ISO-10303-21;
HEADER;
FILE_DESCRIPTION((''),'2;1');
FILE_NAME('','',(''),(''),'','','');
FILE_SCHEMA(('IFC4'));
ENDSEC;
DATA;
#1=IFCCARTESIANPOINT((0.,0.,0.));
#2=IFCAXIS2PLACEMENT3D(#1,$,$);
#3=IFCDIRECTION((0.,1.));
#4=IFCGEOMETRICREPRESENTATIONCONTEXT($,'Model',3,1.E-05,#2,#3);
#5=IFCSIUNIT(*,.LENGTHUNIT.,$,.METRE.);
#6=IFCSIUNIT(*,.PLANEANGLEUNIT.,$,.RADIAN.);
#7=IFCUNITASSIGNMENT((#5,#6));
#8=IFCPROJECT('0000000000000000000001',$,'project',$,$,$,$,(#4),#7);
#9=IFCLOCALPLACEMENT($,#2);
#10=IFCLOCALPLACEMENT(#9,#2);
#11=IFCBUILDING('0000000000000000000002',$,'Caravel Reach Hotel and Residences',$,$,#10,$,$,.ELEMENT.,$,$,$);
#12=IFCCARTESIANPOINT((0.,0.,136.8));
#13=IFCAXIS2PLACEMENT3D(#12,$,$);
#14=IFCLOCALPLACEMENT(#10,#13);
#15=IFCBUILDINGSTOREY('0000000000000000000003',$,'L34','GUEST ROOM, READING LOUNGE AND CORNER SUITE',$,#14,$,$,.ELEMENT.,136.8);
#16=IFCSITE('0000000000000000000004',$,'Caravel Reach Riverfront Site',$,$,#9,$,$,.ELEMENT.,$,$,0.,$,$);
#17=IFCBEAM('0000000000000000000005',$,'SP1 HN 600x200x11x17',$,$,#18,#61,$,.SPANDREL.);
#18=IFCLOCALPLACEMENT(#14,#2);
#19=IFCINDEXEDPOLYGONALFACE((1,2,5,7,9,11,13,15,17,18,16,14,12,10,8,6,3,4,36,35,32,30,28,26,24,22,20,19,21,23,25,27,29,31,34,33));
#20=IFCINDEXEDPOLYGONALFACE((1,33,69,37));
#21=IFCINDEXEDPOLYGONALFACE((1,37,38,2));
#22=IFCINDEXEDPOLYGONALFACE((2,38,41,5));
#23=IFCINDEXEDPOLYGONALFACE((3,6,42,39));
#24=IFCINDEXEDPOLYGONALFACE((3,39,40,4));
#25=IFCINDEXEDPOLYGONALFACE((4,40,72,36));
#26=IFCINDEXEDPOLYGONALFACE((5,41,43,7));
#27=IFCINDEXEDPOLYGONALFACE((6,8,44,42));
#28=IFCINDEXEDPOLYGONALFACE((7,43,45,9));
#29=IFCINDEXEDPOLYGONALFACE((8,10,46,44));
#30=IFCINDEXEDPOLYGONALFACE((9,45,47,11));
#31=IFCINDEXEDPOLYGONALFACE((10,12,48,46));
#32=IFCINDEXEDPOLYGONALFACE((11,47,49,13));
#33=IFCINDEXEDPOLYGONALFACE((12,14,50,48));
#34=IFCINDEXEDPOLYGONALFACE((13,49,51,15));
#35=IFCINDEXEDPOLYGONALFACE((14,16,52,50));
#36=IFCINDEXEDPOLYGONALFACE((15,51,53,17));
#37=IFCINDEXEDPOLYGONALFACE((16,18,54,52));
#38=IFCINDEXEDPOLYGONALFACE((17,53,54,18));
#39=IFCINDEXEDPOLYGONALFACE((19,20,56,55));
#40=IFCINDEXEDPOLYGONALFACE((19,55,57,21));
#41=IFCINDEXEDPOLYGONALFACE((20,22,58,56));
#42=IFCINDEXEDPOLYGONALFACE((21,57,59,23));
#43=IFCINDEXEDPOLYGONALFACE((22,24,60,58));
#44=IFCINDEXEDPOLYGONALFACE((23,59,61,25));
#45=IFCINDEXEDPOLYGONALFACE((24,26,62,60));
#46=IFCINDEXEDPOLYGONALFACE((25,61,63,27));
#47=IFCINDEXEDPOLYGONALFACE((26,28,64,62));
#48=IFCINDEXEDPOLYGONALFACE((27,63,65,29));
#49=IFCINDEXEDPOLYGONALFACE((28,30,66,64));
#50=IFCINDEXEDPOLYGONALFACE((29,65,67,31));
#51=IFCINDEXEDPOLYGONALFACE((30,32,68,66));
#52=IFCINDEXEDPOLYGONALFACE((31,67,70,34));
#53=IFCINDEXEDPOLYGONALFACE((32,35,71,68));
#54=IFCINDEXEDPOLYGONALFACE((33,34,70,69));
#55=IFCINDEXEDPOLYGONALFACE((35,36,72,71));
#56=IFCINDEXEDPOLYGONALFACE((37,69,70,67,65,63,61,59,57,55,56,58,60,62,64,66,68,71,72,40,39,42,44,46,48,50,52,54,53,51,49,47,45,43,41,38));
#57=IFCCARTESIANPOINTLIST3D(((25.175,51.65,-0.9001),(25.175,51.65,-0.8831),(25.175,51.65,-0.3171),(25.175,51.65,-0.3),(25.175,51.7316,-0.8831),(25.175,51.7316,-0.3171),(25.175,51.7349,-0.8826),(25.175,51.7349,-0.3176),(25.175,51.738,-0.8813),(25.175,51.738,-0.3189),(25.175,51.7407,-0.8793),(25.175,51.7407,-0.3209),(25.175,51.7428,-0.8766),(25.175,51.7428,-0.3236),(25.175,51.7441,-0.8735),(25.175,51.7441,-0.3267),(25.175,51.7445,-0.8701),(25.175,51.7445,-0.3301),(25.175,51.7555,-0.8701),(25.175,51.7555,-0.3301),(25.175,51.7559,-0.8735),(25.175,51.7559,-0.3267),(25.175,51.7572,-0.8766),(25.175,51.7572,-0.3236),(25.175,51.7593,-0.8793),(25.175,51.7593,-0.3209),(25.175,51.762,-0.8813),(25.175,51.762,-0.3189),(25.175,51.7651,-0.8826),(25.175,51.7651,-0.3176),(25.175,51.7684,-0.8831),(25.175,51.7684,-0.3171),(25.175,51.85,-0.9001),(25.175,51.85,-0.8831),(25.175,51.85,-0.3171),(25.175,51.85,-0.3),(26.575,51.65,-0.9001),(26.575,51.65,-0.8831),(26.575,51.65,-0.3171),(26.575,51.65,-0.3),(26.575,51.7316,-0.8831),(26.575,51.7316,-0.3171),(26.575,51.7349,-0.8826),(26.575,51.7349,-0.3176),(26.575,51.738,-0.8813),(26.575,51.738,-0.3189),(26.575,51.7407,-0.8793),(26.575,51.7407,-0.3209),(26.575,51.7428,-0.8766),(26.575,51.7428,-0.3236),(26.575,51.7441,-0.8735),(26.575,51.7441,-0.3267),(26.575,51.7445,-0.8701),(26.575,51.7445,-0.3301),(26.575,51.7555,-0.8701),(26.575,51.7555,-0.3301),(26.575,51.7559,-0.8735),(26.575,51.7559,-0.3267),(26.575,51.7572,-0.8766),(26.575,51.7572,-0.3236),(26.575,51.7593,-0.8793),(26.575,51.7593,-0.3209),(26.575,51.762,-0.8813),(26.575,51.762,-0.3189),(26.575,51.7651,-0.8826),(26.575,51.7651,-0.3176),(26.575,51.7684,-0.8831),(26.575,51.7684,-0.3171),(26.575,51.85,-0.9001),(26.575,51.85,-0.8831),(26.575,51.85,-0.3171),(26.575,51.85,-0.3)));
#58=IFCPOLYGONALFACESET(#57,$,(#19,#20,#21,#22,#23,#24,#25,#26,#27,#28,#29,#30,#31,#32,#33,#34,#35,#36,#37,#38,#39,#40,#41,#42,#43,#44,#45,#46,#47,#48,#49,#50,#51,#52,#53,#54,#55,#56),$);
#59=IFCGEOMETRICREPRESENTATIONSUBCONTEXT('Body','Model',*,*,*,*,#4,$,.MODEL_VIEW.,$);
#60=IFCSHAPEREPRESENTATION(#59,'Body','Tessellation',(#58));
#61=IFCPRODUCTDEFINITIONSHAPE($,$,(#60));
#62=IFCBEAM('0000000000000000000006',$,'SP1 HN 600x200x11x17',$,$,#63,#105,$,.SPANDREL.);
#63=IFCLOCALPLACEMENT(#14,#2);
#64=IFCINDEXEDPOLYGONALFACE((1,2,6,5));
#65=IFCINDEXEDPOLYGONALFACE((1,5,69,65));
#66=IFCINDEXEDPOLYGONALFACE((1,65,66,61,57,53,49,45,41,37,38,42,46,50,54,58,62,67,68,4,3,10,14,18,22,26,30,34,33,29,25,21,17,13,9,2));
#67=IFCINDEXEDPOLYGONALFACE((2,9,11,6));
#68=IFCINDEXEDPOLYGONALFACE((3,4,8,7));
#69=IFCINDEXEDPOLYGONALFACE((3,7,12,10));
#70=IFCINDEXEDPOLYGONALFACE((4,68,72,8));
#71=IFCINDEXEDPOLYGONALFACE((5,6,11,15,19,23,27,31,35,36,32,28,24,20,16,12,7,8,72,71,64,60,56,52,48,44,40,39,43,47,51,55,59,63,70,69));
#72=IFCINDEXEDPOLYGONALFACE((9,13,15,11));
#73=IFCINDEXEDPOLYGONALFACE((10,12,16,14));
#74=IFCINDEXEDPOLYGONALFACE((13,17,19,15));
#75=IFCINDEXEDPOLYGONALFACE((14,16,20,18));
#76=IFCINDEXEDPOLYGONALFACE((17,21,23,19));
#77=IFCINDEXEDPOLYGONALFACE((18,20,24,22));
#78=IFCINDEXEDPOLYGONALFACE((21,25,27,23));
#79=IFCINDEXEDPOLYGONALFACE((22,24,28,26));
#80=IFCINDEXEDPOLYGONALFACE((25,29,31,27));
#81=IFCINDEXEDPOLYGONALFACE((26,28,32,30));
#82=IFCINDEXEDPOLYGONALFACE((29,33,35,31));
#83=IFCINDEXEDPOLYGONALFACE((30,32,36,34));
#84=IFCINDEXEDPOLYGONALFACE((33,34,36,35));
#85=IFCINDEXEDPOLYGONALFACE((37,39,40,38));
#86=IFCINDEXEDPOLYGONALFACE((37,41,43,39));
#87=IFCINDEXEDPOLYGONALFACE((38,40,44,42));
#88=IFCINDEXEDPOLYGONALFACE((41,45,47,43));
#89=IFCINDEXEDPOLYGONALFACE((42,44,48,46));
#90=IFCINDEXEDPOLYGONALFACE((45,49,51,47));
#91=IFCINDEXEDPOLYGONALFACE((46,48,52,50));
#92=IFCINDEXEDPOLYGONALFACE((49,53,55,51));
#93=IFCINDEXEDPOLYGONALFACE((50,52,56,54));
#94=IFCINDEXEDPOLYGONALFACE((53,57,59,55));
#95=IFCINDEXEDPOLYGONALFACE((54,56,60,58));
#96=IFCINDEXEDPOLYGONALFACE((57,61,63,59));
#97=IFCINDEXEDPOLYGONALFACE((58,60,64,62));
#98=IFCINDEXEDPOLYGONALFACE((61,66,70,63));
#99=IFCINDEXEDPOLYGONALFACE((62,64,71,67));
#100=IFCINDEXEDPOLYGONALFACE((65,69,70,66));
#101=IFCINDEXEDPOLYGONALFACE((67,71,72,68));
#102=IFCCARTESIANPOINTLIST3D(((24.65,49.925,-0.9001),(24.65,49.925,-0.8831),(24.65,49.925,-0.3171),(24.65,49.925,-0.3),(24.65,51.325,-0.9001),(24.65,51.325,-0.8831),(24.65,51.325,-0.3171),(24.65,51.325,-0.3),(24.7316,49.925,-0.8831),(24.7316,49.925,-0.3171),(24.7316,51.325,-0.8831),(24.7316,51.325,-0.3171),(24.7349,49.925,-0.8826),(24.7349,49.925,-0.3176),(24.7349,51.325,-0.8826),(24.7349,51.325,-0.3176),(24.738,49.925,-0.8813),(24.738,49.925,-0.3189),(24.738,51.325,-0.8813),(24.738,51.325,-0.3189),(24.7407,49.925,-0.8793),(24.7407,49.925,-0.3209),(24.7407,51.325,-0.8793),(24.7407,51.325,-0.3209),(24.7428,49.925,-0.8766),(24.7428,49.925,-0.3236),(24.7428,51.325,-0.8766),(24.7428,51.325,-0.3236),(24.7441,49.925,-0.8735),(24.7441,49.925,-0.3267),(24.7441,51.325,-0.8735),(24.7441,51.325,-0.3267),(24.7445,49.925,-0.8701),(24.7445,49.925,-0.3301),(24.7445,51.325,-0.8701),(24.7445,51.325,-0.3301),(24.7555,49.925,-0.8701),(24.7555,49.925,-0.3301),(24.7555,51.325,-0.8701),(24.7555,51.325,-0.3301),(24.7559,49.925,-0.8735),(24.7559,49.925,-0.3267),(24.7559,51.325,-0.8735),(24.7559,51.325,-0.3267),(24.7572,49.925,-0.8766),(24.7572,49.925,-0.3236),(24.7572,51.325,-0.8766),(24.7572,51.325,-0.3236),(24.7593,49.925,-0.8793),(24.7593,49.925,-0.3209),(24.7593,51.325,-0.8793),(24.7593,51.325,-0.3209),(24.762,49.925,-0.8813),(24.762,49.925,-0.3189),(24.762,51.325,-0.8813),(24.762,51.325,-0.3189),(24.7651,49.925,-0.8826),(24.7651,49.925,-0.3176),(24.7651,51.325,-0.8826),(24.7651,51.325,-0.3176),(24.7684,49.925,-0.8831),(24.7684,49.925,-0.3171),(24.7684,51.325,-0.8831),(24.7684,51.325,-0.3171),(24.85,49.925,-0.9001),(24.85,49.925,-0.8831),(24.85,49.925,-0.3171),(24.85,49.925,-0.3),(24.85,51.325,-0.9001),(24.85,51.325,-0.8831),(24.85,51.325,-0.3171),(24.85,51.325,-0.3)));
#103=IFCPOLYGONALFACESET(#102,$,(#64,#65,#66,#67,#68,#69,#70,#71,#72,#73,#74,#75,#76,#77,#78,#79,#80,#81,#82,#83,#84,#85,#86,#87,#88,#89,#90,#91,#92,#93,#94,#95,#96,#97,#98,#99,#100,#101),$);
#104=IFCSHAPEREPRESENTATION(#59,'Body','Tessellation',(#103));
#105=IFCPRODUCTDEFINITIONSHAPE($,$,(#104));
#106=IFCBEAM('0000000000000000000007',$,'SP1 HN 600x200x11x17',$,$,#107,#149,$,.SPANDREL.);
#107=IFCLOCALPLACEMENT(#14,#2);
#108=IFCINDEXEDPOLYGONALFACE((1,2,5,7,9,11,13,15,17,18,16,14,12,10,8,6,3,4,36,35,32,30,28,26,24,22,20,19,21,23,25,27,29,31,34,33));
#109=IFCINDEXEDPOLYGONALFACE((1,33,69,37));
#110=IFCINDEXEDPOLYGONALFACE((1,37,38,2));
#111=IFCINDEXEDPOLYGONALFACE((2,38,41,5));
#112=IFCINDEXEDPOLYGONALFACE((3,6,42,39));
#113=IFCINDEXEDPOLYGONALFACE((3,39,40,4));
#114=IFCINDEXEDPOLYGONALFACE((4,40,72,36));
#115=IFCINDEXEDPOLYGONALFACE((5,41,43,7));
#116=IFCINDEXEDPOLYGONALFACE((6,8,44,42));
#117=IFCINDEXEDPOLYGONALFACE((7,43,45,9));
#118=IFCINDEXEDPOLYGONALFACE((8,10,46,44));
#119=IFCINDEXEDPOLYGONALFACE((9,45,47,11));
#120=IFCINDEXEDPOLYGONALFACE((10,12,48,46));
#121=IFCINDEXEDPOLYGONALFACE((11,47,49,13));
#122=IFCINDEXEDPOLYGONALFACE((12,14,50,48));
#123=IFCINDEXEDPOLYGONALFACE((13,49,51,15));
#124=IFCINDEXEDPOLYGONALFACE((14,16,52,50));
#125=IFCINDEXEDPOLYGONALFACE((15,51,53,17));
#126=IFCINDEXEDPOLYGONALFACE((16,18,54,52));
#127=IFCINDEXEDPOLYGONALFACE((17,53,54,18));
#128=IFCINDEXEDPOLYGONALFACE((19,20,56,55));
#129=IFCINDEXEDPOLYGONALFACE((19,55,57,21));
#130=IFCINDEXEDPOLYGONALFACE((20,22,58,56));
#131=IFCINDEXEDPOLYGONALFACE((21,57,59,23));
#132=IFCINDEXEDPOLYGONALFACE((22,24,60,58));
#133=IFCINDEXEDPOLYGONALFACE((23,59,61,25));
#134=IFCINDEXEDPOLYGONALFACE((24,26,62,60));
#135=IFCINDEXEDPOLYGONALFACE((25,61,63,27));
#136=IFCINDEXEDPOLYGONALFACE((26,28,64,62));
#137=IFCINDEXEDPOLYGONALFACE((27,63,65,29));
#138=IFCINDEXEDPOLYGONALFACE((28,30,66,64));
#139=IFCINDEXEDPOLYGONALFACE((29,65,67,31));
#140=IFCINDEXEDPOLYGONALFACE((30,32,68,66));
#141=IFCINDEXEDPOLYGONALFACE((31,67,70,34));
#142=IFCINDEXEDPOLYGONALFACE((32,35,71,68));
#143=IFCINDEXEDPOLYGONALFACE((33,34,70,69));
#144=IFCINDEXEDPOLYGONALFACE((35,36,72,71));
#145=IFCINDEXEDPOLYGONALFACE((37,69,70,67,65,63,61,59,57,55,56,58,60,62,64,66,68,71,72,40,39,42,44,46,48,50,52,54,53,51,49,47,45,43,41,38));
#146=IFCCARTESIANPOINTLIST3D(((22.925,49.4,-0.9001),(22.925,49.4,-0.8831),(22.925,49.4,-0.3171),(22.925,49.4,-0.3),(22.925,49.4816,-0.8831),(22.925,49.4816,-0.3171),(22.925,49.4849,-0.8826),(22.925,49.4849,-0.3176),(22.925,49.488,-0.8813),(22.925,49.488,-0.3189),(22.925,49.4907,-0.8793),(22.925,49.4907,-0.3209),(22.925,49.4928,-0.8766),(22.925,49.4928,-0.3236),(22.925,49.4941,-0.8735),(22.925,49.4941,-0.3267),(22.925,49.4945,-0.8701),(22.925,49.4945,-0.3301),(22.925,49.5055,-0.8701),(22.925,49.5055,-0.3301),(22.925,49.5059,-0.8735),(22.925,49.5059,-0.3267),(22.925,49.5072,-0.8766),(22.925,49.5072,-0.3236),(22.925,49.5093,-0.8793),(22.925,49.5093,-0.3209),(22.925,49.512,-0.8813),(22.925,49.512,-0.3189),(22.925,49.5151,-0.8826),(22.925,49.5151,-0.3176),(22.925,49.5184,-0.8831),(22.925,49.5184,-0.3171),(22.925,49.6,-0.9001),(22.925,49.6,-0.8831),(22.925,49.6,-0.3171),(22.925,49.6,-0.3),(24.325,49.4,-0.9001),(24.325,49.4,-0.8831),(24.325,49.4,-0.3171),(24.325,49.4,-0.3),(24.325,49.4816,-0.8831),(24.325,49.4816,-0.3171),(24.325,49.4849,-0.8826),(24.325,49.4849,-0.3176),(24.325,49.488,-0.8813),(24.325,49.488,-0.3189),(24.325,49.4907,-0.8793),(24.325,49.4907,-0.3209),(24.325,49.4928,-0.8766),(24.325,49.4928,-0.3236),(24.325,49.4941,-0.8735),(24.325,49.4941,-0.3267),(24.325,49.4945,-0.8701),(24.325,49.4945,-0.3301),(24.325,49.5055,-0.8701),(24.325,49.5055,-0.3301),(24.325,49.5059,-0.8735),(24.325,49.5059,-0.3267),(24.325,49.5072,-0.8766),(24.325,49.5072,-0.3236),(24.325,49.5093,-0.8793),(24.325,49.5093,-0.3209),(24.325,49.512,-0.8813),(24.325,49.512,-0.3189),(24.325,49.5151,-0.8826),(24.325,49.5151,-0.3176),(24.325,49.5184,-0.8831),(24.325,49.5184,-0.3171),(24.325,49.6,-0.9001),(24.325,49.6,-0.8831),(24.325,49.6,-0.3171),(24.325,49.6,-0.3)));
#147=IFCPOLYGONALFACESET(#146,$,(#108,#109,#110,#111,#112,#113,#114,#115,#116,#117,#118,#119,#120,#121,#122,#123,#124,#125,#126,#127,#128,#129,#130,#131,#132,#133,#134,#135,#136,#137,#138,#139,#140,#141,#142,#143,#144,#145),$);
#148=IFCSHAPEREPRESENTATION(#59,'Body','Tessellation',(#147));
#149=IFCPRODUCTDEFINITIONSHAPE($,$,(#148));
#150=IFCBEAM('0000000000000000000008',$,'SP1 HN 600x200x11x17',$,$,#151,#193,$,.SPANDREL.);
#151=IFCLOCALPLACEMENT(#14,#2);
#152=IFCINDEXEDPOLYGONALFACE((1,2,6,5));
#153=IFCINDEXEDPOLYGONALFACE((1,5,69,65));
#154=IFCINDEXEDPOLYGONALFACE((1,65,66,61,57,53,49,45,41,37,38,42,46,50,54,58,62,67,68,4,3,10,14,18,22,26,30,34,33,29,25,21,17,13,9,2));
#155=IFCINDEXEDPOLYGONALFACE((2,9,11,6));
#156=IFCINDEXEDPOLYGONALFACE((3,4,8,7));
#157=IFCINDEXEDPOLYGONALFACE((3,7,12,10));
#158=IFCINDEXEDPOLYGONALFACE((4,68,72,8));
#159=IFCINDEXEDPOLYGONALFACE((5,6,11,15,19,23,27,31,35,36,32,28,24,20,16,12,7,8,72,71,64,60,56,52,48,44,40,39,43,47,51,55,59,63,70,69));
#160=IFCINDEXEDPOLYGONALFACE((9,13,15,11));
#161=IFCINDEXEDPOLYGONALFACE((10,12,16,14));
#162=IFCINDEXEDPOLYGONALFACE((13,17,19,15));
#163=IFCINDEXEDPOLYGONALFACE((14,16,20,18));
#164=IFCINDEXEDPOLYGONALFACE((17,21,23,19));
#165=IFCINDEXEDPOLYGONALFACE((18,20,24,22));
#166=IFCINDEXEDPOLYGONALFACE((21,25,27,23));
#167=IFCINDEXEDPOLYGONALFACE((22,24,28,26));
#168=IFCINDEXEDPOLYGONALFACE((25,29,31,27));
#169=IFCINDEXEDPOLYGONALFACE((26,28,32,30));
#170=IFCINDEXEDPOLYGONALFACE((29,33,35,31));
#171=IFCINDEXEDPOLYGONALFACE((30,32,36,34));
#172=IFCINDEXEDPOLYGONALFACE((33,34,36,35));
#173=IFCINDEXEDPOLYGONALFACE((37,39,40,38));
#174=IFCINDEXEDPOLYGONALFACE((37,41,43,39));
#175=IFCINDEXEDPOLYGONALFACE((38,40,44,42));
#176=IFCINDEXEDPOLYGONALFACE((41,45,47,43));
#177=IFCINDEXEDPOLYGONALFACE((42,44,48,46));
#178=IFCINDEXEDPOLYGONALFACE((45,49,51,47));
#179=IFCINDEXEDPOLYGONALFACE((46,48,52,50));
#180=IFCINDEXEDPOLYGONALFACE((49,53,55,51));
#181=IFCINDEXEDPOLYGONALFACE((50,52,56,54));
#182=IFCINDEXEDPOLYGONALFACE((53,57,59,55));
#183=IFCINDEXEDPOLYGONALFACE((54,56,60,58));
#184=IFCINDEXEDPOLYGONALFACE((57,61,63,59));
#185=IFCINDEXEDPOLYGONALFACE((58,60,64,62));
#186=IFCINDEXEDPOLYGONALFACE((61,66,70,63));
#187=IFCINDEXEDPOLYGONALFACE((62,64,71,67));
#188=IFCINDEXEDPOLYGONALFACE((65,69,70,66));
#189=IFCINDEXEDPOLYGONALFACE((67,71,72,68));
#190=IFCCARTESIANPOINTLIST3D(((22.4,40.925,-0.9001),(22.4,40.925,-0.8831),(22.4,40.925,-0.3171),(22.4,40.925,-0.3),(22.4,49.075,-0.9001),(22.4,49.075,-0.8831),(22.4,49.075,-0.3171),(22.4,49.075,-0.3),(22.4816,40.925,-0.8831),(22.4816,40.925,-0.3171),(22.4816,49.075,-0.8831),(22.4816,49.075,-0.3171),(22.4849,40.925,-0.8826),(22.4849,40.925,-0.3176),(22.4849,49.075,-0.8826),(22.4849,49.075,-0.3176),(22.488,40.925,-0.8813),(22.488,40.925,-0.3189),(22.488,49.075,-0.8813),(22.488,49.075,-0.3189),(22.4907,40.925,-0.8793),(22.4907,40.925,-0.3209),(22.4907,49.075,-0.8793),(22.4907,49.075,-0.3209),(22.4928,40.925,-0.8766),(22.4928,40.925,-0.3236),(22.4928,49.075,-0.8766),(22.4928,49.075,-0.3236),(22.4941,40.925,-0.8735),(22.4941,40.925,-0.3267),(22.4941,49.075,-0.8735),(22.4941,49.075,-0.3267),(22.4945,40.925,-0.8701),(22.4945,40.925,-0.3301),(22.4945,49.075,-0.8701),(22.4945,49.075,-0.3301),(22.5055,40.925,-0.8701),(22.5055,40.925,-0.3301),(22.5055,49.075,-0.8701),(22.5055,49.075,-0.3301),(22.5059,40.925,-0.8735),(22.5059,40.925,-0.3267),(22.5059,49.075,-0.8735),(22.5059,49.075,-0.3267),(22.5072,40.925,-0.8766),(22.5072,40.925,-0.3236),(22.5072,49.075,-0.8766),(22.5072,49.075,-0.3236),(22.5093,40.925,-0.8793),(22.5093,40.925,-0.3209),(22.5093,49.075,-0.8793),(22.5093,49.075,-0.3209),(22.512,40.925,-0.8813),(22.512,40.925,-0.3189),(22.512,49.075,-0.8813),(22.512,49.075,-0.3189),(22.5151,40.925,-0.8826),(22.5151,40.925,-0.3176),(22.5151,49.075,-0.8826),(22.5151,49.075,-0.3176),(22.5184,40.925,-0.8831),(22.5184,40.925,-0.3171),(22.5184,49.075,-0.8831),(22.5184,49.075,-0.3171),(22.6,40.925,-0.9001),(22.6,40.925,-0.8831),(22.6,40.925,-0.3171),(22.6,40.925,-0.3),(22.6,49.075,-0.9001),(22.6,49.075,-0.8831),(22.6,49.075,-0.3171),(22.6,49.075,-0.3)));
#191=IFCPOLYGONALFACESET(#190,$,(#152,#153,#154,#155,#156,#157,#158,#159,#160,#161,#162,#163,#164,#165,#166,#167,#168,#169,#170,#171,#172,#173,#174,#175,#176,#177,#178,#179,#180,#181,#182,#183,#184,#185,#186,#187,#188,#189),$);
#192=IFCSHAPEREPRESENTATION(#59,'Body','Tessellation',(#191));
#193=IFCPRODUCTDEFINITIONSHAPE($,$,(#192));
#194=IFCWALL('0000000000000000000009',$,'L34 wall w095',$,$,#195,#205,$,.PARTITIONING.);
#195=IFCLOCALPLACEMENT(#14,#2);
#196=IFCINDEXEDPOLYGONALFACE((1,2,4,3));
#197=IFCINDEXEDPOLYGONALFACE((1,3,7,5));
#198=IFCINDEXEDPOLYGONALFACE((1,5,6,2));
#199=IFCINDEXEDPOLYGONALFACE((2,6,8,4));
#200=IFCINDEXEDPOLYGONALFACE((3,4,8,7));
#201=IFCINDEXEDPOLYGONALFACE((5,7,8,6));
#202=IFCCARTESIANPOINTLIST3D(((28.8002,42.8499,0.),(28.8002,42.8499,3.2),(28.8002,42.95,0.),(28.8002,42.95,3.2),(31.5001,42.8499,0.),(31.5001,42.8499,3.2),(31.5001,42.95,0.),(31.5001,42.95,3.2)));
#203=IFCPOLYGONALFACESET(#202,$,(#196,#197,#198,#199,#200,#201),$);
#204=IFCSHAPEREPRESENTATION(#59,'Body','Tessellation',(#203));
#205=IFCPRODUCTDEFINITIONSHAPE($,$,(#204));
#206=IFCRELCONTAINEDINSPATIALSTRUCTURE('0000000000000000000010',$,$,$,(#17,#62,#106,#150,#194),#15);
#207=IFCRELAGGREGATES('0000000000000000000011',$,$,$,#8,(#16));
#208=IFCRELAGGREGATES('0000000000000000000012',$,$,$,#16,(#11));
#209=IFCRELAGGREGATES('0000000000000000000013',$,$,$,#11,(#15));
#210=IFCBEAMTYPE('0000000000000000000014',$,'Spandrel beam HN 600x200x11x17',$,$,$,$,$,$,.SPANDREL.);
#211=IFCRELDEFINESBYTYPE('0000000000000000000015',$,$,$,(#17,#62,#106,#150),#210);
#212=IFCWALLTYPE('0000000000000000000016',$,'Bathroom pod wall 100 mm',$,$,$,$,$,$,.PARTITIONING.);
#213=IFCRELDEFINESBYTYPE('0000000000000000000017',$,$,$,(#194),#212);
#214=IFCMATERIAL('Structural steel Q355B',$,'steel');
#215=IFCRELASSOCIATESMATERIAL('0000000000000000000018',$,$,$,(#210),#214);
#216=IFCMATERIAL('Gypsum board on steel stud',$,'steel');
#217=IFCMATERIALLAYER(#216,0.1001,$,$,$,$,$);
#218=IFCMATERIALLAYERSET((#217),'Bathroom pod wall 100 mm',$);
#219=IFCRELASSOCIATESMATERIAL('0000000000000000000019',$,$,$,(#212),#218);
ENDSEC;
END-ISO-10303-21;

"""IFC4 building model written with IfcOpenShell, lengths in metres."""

from ifc_helpers import new_model, si_unit, direction, frame, frame_2d, origin, origin_2d, place, context, subcontext, project, spatial, rectangle, i_section, extrude, material, layer, layer_set, material_profile, profile_set, type_object, element, save


model = new_model("IFC4")

# Units and contexts
model_context = context("Model", 3, precision=1e-05, world=origin(), true_north=direction((0.0, 1.0)))
body_context = subcontext(model_context, "Body", "Model", "MODEL_VIEW")
ifc_project = project(units=[si_unit("LENGTHUNIT", "METRE"), si_unit("PLANEANGLEUNIT", "RADIAN")], contexts=[model_context])

# Site, building, storey
site_placement = place(None, origin())
site = spatial("IfcSite", under=ifc_project, at=site_placement, Name="Caravel Reach Riverfront Site", CompositionType="ELEMENT", RefElevation=0.0)
building_placement = place(site_placement, origin())
building = spatial("IfcBuilding", under=site, at=building_placement, Name="Caravel Reach Hotel and Residences", CompositionType="ELEMENT")
storey_placement = place(building_placement, frame((0.0, 0.0, 136.8)))
storey = spatial("IfcBuildingStorey", under=building, at=storey_placement, Name="L34", Description="GUEST ROOM, READING LOUNGE AND CORNER SUITE", CompositionType="ELEMENT", Elevation=136.8)

# Beams
ifc_material_1 = material(Name="Structural steel Q355B", Category="steel")
ifc_material_profile_1 = material_profile(ifc_material_1, i_section(OverallWidth=0.2, OverallDepth=0.6001, WebThickness=0.011, FlangeThickness=0.0171, FilletRadius=0.0129, at=origin_2d()), Name="HN 600x200x11x17")
ifc_profile_set_1 = profile_set([ifc_material_profile_1], Name="Structural steel Q355B")
beam_type_1 = type_object("IfcBeamType", Name="Spandrel beam HN 600x200x11x17", PredefinedType="SPANDREL", material=ifc_profile_set_1)
for number, where, z_axis, x_axis, name in (
    (1, (26.575, 51.75, -0.6001), (-1.0, 0.0, 0.0), (0.0, -1.0, 0.0), "SP1 HN 600x200x11x17"),
    (2, (24.75, 51.325, -0.6001), (0.0, -1.0, 0.0), (1.0, 0.0, 0.0), "SP1 HN 600x200x11x17"),
    (3, (24.325, 49.5, -0.6001), (-1.0, 0.0, 0.0), (0.0, -1.0, 0.0), "SP1 HN 600x200x11x17"),
):
    element("IfcBeam", number, at=place(storey_placement, frame(where, z_axis=z_axis, x_axis=x_axis)), inside=storey, type_object=beam_type_1, Name=name, PredefinedType="SPANDREL", context=body_context, shape_type="SweptSolid", body=[
        extrude(i_section(OverallWidth=0.2, OverallDepth=0.6001, WebThickness=0.011, FlangeThickness=0.0171, FilletRadius=0.0129, at=origin_2d()), origin(), (0.0, 0.0, 1.0), 1.3999),
    ])
beam_1_placement = place(storey_placement, frame((22.5, 49.075, -0.6001), z_axis=(0.0, -1.0, 0.0), x_axis=(1.0, 0.0, 0.0)))
element("IfcBeam", 4, at=beam_1_placement, inside=storey, type_object=beam_type_1, Name="SP1 HN 600x200x11x17", PredefinedType="SPANDREL", context=body_context, shape_type="SweptSolid", body=[
    extrude(i_section(OverallWidth=0.2, OverallDepth=0.6001, WebThickness=0.011, FlangeThickness=0.0171, FilletRadius=0.0129, at=origin_2d()), origin(), (0.0, 0.0, 1.0), 8.1499),
])

# Wall
ifc_material_2 = material(Name="Gypsum board on steel stud", Category="steel")
ifc_layer_1 = layer(ifc_material_2, 0.1001)
ifc_layer_set_1 = layer_set([ifc_layer_1], Name="Bathroom pod wall 100 mm")
wall_type_1 = type_object("IfcWallType", Name="Bathroom pod wall 100 mm", PredefinedType="PARTITIONING", material=ifc_layer_set_1)
wall_1_placement = place(storey_placement, frame((28.8, 42.8999, 0.0), z_axis=(0.0, 0.0, 1.0), x_axis=(1.0, 0.0, 0.0)))
element("IfcWall", 5, at=wall_1_placement, inside=storey, type_object=wall_type_1, Name="L34 wall w095", PredefinedType="PARTITIONING", context=body_context, shape_type="SweptSolid", body=[
    extrude(rectangle(XDim=2.7, YDim=0.1001, at=frame_2d((1.3501, 0.0))), origin(), (0.0, 0.0, 1.0), 3.2),
])

save(model, "model.ifc")
